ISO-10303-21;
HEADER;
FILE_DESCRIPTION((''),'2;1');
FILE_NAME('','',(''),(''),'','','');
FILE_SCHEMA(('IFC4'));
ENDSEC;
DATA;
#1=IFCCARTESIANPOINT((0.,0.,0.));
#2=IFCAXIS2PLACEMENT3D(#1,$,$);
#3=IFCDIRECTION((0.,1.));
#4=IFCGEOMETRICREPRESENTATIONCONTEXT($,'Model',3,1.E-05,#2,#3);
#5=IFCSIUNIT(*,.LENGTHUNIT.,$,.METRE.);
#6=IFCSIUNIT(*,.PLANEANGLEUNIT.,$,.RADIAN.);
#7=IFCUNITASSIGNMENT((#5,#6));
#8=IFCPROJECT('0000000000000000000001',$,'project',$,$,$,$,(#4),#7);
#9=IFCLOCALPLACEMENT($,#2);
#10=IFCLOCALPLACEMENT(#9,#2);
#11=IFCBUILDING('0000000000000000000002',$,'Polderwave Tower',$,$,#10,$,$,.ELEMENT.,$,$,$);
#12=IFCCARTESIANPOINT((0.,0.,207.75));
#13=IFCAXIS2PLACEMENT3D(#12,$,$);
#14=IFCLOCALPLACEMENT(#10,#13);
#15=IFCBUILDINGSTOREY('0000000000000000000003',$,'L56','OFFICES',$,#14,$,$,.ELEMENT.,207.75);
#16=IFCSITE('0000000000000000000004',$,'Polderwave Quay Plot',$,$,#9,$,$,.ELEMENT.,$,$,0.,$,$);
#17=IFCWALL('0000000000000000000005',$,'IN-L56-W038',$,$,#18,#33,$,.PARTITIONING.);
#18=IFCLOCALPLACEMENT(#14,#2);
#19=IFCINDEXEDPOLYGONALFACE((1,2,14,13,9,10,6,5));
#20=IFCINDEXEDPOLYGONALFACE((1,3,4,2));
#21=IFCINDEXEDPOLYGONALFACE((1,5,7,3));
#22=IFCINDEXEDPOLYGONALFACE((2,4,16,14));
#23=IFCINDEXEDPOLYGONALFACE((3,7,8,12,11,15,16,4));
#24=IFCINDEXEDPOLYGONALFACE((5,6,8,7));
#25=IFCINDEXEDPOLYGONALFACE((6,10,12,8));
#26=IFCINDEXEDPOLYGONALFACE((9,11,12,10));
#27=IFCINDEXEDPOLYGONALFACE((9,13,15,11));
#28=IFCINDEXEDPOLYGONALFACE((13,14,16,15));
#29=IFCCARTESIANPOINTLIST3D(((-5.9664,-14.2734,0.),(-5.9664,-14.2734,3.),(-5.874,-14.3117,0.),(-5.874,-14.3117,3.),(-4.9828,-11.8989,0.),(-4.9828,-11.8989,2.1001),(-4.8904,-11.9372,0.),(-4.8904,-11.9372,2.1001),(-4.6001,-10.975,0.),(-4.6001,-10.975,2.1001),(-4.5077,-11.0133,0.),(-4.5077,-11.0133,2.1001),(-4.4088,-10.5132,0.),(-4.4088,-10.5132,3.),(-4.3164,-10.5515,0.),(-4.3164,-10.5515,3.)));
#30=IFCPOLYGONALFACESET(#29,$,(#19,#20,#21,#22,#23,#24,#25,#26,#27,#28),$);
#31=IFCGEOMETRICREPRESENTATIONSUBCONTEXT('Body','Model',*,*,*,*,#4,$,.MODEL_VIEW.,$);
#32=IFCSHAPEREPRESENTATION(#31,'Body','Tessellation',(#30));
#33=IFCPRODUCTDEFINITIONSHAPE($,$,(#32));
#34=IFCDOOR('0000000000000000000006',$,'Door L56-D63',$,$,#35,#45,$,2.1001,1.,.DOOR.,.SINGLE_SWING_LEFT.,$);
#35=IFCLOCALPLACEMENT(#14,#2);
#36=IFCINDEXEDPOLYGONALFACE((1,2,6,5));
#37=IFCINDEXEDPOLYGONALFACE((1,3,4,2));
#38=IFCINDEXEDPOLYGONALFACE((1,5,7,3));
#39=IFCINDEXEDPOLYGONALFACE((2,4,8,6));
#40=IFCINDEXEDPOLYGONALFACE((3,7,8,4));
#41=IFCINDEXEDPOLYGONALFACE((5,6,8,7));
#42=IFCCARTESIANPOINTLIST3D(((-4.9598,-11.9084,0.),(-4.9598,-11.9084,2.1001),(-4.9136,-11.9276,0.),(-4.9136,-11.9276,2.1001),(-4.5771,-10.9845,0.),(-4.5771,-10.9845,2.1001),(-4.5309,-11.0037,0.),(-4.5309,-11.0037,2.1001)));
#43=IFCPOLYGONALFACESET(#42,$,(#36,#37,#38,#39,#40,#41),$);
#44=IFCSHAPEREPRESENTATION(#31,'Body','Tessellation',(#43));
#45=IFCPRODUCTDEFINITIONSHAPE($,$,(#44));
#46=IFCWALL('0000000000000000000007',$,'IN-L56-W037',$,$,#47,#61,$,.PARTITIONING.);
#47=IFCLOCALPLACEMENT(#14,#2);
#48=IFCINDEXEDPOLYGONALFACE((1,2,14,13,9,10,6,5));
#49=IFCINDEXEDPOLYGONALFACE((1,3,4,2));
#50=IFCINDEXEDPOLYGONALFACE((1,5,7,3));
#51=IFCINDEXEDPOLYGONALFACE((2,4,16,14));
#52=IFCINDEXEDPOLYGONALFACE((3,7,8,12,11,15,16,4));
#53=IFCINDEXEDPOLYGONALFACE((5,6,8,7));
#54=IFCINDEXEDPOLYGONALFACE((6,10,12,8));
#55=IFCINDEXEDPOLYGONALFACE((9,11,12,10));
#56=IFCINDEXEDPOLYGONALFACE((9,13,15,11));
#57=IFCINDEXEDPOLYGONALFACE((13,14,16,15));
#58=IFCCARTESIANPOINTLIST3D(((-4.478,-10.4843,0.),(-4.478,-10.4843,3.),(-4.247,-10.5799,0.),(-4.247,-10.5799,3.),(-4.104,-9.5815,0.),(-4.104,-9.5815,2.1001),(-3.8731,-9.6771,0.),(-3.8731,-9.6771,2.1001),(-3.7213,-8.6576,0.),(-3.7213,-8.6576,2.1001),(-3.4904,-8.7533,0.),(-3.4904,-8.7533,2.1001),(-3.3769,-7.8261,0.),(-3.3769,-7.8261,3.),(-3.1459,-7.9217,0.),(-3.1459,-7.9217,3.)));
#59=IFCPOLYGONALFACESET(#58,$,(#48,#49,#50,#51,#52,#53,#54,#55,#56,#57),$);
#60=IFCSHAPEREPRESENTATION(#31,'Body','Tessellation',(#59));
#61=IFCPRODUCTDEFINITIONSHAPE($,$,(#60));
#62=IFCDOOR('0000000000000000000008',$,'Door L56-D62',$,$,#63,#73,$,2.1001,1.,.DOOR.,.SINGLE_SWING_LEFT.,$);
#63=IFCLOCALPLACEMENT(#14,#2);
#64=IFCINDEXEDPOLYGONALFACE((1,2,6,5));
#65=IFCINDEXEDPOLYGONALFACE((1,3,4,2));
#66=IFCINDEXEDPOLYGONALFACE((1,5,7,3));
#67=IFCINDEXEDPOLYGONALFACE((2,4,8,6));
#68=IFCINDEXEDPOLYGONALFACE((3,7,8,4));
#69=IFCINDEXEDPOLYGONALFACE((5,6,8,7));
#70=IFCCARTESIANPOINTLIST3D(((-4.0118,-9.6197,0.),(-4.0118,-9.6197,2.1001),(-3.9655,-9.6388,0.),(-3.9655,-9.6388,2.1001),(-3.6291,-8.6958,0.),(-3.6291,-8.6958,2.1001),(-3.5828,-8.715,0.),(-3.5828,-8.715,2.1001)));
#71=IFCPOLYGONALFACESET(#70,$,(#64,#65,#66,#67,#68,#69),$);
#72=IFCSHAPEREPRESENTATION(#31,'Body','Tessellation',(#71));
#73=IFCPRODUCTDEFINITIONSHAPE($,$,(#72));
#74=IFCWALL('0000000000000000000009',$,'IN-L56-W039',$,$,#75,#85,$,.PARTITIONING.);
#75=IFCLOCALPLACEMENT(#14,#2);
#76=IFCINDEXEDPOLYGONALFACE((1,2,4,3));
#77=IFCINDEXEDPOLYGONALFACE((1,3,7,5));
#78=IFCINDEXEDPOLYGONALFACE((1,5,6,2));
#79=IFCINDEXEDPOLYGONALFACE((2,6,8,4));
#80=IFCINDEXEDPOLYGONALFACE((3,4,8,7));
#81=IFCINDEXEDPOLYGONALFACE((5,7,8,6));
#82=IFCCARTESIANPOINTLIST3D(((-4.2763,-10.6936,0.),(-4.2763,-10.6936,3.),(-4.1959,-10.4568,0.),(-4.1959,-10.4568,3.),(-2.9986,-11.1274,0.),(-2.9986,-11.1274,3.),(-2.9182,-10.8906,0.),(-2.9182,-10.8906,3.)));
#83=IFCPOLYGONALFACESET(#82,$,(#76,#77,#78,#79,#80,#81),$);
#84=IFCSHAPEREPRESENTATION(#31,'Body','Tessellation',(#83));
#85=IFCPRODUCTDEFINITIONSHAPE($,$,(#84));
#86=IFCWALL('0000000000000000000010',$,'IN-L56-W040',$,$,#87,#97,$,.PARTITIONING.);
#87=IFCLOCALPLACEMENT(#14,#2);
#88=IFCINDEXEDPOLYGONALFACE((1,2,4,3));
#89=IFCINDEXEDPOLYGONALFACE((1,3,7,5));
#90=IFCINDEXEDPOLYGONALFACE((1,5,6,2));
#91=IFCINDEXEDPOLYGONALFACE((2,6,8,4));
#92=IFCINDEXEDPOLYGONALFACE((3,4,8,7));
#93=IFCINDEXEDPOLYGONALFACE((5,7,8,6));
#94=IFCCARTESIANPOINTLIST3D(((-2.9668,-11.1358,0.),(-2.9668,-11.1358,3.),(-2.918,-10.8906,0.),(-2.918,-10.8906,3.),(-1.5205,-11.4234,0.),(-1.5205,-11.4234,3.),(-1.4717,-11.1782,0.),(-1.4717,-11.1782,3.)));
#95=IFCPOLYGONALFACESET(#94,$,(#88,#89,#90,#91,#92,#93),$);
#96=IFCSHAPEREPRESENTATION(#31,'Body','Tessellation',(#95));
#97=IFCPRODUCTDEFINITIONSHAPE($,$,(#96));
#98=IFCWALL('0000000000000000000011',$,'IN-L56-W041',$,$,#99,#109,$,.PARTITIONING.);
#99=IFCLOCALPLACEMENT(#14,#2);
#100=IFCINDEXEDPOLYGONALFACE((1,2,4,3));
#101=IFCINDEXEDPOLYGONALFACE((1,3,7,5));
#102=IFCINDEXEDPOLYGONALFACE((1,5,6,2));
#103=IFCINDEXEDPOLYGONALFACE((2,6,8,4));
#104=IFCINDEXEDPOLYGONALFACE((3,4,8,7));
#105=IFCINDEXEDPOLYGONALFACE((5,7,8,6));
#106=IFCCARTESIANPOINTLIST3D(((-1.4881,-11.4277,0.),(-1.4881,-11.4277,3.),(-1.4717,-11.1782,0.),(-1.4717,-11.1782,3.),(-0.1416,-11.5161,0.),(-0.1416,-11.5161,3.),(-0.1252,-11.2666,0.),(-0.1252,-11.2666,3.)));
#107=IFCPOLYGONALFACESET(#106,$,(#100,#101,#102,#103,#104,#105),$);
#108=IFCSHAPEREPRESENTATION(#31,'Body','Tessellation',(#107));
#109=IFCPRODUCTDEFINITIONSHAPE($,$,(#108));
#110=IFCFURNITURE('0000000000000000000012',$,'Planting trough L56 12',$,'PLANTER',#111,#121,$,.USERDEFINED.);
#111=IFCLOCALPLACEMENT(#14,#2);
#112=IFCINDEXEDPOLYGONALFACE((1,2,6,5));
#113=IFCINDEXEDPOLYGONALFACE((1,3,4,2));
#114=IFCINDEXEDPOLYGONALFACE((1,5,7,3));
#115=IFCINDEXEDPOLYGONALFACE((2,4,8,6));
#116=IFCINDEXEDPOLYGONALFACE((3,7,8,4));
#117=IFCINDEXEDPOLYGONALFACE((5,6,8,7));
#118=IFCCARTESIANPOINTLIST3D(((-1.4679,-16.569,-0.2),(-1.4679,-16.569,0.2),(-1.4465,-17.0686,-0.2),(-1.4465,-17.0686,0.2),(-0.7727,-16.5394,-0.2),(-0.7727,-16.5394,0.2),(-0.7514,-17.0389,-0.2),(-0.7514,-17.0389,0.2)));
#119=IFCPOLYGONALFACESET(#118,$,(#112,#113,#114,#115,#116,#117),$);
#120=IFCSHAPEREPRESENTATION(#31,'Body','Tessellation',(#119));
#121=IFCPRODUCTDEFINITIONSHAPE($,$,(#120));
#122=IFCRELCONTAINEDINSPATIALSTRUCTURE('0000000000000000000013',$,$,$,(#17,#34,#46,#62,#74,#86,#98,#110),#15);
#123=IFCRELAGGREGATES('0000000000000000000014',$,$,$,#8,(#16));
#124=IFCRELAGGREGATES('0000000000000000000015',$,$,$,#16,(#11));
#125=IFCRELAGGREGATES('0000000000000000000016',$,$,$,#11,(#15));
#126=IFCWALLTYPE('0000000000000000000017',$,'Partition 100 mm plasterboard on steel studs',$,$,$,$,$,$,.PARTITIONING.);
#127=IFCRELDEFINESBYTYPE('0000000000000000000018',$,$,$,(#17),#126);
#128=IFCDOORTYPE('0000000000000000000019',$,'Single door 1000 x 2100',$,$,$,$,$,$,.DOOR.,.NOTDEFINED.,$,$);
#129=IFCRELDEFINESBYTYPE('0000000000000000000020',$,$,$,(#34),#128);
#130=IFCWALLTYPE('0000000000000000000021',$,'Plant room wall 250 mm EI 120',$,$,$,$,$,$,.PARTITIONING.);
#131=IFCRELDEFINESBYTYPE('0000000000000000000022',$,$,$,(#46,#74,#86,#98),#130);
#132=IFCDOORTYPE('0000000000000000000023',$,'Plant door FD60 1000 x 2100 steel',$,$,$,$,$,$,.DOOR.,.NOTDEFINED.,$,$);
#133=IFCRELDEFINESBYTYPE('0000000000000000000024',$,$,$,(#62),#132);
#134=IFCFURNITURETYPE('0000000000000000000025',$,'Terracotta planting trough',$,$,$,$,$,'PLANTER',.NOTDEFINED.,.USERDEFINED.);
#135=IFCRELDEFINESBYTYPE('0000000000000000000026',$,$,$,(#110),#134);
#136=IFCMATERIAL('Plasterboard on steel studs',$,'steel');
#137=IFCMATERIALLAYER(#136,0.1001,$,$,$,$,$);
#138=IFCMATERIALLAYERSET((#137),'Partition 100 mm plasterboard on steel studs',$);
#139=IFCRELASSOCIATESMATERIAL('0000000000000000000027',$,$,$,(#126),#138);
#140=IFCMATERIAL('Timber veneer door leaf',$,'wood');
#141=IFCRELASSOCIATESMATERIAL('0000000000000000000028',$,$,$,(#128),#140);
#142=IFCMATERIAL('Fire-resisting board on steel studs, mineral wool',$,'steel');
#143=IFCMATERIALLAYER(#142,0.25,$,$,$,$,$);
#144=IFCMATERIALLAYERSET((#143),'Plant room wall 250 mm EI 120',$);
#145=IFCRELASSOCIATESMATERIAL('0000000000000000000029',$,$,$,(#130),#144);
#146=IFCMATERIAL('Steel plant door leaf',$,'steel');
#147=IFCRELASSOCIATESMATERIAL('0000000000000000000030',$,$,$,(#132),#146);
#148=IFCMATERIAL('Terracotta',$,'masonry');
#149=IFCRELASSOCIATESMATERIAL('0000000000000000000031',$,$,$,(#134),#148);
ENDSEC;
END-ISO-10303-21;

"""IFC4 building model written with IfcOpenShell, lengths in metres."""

from ifc_helpers import new_model, si_unit, direction, frame, frame_2d, origin, origin_2d, place, context, subcontext, project, spatial, rectangle, extrude, material, layer, layer_set, type_object, element, fill, save


model = new_model("IFC4")

# Units and contexts
model_context = context("Model", 3, precision=1e-05, world=origin(), true_north=direction((0.0, 1.0)))
body_context = subcontext(model_context, "Body", "Model", "MODEL_VIEW")
ifc_project = project(units=[si_unit("LENGTHUNIT", "METRE"), si_unit("PLANEANGLEUNIT", "RADIAN")], contexts=[model_context])

# Site, building, storey
site_placement = place(None, origin())
site = spatial("IfcSite", under=ifc_project, at=site_placement, Name="Polderwave Quay Plot", CompositionType="ELEMENT", RefElevation=0.0)
building_placement = place(site_placement, origin())
building = spatial("IfcBuilding", under=site, at=building_placement, Name="Polderwave Tower", CompositionType="ELEMENT")
storey_placement = place(building_placement, frame((0.0, 0.0, 207.75)))
storey = spatial("IfcBuildingStorey", under=building, at=storey_placement, Name="L56", Description="OFFICES", CompositionType="ELEMENT", Elevation=207.75)

# Walls, openings, doors
ifc_material_1 = material(Name="Plasterboard on steel studs", Category="steel")
ifc_layer_1 = layer(ifc_material_1, 0.1001)
ifc_layer_set_1 = layer_set([ifc_layer_1], Name="Partition 100 mm plasterboard on steel studs")
wall_type_1 = type_object("IfcWallType", Name="Partition 100 mm plasterboard on steel studs", PredefinedType="PARTITIONING", material=ifc_layer_set_1)
wall_1_placement = place(storey_placement, frame((-4.3625, -10.5322, 0.0), z_axis=(0.0, 0.0, 1.0), x_axis=(-0.382698, -0.923874, 0.0)))
wall_1 = element("IfcWall", 1, at=wall_1_placement, inside=storey, type_object=wall_type_1, Name="IN-L56-W038", PredefinedType="PARTITIONING", context=body_context, shape_type="SweptSolid", body=[
    extrude(rectangle(XDim=4.0701, YDim=0.1001, at=frame_2d((2.0352, 0.0))), origin(), (0.0, 0.0, 1.0), 3.0),
])
opening_1_placement = place(wall_1_placement, frame((0.5, 0.0, 0.0)))
opening_1 = element("IfcOpeningElement", 2, at=opening_1_placement, cuts=wall_1, PredefinedType="OPENING", context=body_context, shape_type="SweptSolid", body=[
    extrude(rectangle(XDim=1.0, YDim=2.1001, at=frame_2d((0.5, 1.05))), frame((0.0, 0.0601, 0.0), z_axis=(0.0, -1.0, 0.0), x_axis=(1.0, 0.0, 0.0)), (0.0, 0.0, 1.0), 0.1201),
])
ifc_material_2 = material(Name="Timber veneer door leaf", Category="wood")
door_type_1 = type_object("IfcDoorType", Name="Single door 1000 x 2100", OperationType="NOTDEFINED", PredefinedType="DOOR", material=ifc_material_2)
door_1_placement = place(opening_1_placement, origin())
door_1 = element("IfcDoor", 3, at=door_1_placement, inside=storey, type_object=door_type_1, Name="Door L56-D63", OperationType="SINGLE_SWING_LEFT", OverallHeight=2.1001, OverallWidth=1.0, PredefinedType="DOOR", context=body_context, shape_type="SweptSolid", body=[
    extrude(rectangle(XDim=1.0, YDim=2.1001, at=frame_2d((0.5, 1.05))), frame((0.0, 0.0249, 0.0), z_axis=(0.0, -1.0, 0.0), x_axis=(1.0, 0.0, 0.0)), (0.0, 0.0, 1.0), 0.05),
])
fill(opening_1, door_1)
ifc_material_3 = material(Name="Fire-resisting board on steel studs, mineral wool", Category="steel")
ifc_layer_2 = layer(ifc_material_3, 0.25)
ifc_layer_set_2 = layer_set([ifc_layer_2], Name="Plant room wall 250 mm EI 120")
wall_type_2 = type_object("IfcWallType", Name="Plant room wall 250 mm EI 120", PredefinedType="PARTITIONING", material=ifc_layer_set_2)
wall_2_placement = place(storey_placement, frame((-3.2615, -7.874, 0.0), z_axis=(0.0, 0.0, 1.0), x_axis=(-0.382687, -0.923878, 0.0)))
wall_2 = element("IfcWall", 4, at=wall_2_placement, inside=storey, type_object=wall_type_2, Name="IN-L56-W037", PredefinedType="PARTITIONING", context=body_context, shape_type="SweptSolid", body=[
    extrude(rectangle(XDim=2.8772, YDim=0.25, at=frame_2d((1.4385, 0.0))), origin(), (0.0, 0.0, 1.0), 3.0),
])
opening_2_placement = place(wall_2_placement, frame((0.8999, 0.0, 0.0)))
opening_2 = element("IfcOpeningElement", 5, at=opening_2_placement, cuts=wall_2, PredefinedType="OPENING", context=body_context, shape_type="SweptSolid", body=[
    extrude(rectangle(XDim=1.0, YDim=2.1001, at=frame_2d((0.5, 1.05))), frame((0.0, 0.135, 0.0), z_axis=(0.0, -1.0, 0.0), x_axis=(1.0, 0.0, 0.0)), (0.0, 0.0, 1.0), 0.27),
])
ifc_material_4 = material(Name="Steel plant door leaf", Category="steel")
door_type_2 = type_object("IfcDoorType", Name="Plant door FD60 1000 x 2100 steel", OperationType="NOTDEFINED", PredefinedType="DOOR", material=ifc_material_4)
door_2_placement = place(opening_2_placement, origin())
door_2 = element("IfcDoor", 6, at=door_2_placement, inside=storey, type_object=door_type_2, Name="Door L56-D62", OperationType="SINGLE_SWING_LEFT", OverallHeight=2.1001, OverallWidth=1.0, PredefinedType="DOOR", context=body_context, shape_type="SweptSolid", body=[
    extrude(rectangle(XDim=1.0, YDim=2.1001, at=frame_2d((0.5, 1.05))), frame((0.0, 0.0249, 0.0), z_axis=(0.0, -1.0, 0.0), x_axis=(1.0, 0.0, 0.0)), (0.0, 0.0, 1.0), 0.05),
])
fill(opening_2, door_2)

# Walls
wall_3_placement = place(storey_placement, frame((-2.9583, -11.009, 0.0), z_axis=(0.0, 0.0, 1.0), x_axis=(-0.946914, 0.321488, 0.0)))
element("IfcWall", 7, at=wall_3_placement, inside=storey, type_object=wall_type_2, Name="IN-L56-W039", PredefinedType="PARTITIONING", context=body_context, shape_type="SweptSolid", body=[
    extrude(rectangle(XDim=1.3494, YDim=0.25, at=frame_2d((0.6748, 0.0))), origin(), (0.0, 0.0, 1.0), 3.0),
])
wall_4_placement = place(storey_placement, frame((-1.4961, -11.3008, 0.0), z_axis=(0.0, 0.0, 1.0), x_axis=(-0.980797, 0.195033, 0.0)))
element("IfcWall", 8, at=wall_4_placement, inside=storey, type_object=wall_type_2, Name="IN-L56-W040", PredefinedType="PARTITIONING", context=body_context, shape_type="SweptSolid", body=[
    extrude(rectangle(XDim=1.4746, YDim=0.25, at=frame_2d((0.7373, 0.0))), origin(), (0.0, 0.0, 1.0), 3.0),
])
wall_5_placement = place(storey_placement, frame((-0.1333, -11.3914, 0.0), z_axis=(0.0, 0.0, 1.0), x_axis=(-0.997853, 0.065498, 0.0)))
element("IfcWall", 9, at=wall_5_placement, inside=storey, type_object=wall_type_2, Name="IN-L56-W041", PredefinedType="PARTITIONING", context=body_context, shape_type="SweptSolid", body=[
    extrude(rectangle(XDim=1.3494, YDim=0.25, at=frame_2d((0.6748, 0.0))), origin(), (0.0, 0.0, 1.0), 3.0),
])

# Furniture
ifc_material_5 = material(Name="Terracotta", Category="masonry")
furniture_type = type_object("IfcFurnitureType", Name="Terracotta planting trough", ElementType="PLANTER", AssemblyPlace="NOTDEFINED", PredefinedType="USERDEFINED", material=ifc_material_5)
furniture_placement = place(storey_placement, frame((-1.1096, -16.804, -0.2), z_axis=(0.0, 0.0, 1.0), x_axis=(0.999091, 0.042617, 0.0)))
element("IfcFurniture", 10, at=furniture_placement, inside=storey, type_object=furniture_type, Name="Planting trough L56 12", ObjectType="PLANTER", PredefinedType="USERDEFINED", context=body_context, shape_type="SweptSolid", body=[
    extrude(rectangle(XDim=0.6958, YDim=0.5, at=origin_2d()), origin(), (0.0, 0.0, 1.0), 0.3999),
])

save(model, "model.ifc")
